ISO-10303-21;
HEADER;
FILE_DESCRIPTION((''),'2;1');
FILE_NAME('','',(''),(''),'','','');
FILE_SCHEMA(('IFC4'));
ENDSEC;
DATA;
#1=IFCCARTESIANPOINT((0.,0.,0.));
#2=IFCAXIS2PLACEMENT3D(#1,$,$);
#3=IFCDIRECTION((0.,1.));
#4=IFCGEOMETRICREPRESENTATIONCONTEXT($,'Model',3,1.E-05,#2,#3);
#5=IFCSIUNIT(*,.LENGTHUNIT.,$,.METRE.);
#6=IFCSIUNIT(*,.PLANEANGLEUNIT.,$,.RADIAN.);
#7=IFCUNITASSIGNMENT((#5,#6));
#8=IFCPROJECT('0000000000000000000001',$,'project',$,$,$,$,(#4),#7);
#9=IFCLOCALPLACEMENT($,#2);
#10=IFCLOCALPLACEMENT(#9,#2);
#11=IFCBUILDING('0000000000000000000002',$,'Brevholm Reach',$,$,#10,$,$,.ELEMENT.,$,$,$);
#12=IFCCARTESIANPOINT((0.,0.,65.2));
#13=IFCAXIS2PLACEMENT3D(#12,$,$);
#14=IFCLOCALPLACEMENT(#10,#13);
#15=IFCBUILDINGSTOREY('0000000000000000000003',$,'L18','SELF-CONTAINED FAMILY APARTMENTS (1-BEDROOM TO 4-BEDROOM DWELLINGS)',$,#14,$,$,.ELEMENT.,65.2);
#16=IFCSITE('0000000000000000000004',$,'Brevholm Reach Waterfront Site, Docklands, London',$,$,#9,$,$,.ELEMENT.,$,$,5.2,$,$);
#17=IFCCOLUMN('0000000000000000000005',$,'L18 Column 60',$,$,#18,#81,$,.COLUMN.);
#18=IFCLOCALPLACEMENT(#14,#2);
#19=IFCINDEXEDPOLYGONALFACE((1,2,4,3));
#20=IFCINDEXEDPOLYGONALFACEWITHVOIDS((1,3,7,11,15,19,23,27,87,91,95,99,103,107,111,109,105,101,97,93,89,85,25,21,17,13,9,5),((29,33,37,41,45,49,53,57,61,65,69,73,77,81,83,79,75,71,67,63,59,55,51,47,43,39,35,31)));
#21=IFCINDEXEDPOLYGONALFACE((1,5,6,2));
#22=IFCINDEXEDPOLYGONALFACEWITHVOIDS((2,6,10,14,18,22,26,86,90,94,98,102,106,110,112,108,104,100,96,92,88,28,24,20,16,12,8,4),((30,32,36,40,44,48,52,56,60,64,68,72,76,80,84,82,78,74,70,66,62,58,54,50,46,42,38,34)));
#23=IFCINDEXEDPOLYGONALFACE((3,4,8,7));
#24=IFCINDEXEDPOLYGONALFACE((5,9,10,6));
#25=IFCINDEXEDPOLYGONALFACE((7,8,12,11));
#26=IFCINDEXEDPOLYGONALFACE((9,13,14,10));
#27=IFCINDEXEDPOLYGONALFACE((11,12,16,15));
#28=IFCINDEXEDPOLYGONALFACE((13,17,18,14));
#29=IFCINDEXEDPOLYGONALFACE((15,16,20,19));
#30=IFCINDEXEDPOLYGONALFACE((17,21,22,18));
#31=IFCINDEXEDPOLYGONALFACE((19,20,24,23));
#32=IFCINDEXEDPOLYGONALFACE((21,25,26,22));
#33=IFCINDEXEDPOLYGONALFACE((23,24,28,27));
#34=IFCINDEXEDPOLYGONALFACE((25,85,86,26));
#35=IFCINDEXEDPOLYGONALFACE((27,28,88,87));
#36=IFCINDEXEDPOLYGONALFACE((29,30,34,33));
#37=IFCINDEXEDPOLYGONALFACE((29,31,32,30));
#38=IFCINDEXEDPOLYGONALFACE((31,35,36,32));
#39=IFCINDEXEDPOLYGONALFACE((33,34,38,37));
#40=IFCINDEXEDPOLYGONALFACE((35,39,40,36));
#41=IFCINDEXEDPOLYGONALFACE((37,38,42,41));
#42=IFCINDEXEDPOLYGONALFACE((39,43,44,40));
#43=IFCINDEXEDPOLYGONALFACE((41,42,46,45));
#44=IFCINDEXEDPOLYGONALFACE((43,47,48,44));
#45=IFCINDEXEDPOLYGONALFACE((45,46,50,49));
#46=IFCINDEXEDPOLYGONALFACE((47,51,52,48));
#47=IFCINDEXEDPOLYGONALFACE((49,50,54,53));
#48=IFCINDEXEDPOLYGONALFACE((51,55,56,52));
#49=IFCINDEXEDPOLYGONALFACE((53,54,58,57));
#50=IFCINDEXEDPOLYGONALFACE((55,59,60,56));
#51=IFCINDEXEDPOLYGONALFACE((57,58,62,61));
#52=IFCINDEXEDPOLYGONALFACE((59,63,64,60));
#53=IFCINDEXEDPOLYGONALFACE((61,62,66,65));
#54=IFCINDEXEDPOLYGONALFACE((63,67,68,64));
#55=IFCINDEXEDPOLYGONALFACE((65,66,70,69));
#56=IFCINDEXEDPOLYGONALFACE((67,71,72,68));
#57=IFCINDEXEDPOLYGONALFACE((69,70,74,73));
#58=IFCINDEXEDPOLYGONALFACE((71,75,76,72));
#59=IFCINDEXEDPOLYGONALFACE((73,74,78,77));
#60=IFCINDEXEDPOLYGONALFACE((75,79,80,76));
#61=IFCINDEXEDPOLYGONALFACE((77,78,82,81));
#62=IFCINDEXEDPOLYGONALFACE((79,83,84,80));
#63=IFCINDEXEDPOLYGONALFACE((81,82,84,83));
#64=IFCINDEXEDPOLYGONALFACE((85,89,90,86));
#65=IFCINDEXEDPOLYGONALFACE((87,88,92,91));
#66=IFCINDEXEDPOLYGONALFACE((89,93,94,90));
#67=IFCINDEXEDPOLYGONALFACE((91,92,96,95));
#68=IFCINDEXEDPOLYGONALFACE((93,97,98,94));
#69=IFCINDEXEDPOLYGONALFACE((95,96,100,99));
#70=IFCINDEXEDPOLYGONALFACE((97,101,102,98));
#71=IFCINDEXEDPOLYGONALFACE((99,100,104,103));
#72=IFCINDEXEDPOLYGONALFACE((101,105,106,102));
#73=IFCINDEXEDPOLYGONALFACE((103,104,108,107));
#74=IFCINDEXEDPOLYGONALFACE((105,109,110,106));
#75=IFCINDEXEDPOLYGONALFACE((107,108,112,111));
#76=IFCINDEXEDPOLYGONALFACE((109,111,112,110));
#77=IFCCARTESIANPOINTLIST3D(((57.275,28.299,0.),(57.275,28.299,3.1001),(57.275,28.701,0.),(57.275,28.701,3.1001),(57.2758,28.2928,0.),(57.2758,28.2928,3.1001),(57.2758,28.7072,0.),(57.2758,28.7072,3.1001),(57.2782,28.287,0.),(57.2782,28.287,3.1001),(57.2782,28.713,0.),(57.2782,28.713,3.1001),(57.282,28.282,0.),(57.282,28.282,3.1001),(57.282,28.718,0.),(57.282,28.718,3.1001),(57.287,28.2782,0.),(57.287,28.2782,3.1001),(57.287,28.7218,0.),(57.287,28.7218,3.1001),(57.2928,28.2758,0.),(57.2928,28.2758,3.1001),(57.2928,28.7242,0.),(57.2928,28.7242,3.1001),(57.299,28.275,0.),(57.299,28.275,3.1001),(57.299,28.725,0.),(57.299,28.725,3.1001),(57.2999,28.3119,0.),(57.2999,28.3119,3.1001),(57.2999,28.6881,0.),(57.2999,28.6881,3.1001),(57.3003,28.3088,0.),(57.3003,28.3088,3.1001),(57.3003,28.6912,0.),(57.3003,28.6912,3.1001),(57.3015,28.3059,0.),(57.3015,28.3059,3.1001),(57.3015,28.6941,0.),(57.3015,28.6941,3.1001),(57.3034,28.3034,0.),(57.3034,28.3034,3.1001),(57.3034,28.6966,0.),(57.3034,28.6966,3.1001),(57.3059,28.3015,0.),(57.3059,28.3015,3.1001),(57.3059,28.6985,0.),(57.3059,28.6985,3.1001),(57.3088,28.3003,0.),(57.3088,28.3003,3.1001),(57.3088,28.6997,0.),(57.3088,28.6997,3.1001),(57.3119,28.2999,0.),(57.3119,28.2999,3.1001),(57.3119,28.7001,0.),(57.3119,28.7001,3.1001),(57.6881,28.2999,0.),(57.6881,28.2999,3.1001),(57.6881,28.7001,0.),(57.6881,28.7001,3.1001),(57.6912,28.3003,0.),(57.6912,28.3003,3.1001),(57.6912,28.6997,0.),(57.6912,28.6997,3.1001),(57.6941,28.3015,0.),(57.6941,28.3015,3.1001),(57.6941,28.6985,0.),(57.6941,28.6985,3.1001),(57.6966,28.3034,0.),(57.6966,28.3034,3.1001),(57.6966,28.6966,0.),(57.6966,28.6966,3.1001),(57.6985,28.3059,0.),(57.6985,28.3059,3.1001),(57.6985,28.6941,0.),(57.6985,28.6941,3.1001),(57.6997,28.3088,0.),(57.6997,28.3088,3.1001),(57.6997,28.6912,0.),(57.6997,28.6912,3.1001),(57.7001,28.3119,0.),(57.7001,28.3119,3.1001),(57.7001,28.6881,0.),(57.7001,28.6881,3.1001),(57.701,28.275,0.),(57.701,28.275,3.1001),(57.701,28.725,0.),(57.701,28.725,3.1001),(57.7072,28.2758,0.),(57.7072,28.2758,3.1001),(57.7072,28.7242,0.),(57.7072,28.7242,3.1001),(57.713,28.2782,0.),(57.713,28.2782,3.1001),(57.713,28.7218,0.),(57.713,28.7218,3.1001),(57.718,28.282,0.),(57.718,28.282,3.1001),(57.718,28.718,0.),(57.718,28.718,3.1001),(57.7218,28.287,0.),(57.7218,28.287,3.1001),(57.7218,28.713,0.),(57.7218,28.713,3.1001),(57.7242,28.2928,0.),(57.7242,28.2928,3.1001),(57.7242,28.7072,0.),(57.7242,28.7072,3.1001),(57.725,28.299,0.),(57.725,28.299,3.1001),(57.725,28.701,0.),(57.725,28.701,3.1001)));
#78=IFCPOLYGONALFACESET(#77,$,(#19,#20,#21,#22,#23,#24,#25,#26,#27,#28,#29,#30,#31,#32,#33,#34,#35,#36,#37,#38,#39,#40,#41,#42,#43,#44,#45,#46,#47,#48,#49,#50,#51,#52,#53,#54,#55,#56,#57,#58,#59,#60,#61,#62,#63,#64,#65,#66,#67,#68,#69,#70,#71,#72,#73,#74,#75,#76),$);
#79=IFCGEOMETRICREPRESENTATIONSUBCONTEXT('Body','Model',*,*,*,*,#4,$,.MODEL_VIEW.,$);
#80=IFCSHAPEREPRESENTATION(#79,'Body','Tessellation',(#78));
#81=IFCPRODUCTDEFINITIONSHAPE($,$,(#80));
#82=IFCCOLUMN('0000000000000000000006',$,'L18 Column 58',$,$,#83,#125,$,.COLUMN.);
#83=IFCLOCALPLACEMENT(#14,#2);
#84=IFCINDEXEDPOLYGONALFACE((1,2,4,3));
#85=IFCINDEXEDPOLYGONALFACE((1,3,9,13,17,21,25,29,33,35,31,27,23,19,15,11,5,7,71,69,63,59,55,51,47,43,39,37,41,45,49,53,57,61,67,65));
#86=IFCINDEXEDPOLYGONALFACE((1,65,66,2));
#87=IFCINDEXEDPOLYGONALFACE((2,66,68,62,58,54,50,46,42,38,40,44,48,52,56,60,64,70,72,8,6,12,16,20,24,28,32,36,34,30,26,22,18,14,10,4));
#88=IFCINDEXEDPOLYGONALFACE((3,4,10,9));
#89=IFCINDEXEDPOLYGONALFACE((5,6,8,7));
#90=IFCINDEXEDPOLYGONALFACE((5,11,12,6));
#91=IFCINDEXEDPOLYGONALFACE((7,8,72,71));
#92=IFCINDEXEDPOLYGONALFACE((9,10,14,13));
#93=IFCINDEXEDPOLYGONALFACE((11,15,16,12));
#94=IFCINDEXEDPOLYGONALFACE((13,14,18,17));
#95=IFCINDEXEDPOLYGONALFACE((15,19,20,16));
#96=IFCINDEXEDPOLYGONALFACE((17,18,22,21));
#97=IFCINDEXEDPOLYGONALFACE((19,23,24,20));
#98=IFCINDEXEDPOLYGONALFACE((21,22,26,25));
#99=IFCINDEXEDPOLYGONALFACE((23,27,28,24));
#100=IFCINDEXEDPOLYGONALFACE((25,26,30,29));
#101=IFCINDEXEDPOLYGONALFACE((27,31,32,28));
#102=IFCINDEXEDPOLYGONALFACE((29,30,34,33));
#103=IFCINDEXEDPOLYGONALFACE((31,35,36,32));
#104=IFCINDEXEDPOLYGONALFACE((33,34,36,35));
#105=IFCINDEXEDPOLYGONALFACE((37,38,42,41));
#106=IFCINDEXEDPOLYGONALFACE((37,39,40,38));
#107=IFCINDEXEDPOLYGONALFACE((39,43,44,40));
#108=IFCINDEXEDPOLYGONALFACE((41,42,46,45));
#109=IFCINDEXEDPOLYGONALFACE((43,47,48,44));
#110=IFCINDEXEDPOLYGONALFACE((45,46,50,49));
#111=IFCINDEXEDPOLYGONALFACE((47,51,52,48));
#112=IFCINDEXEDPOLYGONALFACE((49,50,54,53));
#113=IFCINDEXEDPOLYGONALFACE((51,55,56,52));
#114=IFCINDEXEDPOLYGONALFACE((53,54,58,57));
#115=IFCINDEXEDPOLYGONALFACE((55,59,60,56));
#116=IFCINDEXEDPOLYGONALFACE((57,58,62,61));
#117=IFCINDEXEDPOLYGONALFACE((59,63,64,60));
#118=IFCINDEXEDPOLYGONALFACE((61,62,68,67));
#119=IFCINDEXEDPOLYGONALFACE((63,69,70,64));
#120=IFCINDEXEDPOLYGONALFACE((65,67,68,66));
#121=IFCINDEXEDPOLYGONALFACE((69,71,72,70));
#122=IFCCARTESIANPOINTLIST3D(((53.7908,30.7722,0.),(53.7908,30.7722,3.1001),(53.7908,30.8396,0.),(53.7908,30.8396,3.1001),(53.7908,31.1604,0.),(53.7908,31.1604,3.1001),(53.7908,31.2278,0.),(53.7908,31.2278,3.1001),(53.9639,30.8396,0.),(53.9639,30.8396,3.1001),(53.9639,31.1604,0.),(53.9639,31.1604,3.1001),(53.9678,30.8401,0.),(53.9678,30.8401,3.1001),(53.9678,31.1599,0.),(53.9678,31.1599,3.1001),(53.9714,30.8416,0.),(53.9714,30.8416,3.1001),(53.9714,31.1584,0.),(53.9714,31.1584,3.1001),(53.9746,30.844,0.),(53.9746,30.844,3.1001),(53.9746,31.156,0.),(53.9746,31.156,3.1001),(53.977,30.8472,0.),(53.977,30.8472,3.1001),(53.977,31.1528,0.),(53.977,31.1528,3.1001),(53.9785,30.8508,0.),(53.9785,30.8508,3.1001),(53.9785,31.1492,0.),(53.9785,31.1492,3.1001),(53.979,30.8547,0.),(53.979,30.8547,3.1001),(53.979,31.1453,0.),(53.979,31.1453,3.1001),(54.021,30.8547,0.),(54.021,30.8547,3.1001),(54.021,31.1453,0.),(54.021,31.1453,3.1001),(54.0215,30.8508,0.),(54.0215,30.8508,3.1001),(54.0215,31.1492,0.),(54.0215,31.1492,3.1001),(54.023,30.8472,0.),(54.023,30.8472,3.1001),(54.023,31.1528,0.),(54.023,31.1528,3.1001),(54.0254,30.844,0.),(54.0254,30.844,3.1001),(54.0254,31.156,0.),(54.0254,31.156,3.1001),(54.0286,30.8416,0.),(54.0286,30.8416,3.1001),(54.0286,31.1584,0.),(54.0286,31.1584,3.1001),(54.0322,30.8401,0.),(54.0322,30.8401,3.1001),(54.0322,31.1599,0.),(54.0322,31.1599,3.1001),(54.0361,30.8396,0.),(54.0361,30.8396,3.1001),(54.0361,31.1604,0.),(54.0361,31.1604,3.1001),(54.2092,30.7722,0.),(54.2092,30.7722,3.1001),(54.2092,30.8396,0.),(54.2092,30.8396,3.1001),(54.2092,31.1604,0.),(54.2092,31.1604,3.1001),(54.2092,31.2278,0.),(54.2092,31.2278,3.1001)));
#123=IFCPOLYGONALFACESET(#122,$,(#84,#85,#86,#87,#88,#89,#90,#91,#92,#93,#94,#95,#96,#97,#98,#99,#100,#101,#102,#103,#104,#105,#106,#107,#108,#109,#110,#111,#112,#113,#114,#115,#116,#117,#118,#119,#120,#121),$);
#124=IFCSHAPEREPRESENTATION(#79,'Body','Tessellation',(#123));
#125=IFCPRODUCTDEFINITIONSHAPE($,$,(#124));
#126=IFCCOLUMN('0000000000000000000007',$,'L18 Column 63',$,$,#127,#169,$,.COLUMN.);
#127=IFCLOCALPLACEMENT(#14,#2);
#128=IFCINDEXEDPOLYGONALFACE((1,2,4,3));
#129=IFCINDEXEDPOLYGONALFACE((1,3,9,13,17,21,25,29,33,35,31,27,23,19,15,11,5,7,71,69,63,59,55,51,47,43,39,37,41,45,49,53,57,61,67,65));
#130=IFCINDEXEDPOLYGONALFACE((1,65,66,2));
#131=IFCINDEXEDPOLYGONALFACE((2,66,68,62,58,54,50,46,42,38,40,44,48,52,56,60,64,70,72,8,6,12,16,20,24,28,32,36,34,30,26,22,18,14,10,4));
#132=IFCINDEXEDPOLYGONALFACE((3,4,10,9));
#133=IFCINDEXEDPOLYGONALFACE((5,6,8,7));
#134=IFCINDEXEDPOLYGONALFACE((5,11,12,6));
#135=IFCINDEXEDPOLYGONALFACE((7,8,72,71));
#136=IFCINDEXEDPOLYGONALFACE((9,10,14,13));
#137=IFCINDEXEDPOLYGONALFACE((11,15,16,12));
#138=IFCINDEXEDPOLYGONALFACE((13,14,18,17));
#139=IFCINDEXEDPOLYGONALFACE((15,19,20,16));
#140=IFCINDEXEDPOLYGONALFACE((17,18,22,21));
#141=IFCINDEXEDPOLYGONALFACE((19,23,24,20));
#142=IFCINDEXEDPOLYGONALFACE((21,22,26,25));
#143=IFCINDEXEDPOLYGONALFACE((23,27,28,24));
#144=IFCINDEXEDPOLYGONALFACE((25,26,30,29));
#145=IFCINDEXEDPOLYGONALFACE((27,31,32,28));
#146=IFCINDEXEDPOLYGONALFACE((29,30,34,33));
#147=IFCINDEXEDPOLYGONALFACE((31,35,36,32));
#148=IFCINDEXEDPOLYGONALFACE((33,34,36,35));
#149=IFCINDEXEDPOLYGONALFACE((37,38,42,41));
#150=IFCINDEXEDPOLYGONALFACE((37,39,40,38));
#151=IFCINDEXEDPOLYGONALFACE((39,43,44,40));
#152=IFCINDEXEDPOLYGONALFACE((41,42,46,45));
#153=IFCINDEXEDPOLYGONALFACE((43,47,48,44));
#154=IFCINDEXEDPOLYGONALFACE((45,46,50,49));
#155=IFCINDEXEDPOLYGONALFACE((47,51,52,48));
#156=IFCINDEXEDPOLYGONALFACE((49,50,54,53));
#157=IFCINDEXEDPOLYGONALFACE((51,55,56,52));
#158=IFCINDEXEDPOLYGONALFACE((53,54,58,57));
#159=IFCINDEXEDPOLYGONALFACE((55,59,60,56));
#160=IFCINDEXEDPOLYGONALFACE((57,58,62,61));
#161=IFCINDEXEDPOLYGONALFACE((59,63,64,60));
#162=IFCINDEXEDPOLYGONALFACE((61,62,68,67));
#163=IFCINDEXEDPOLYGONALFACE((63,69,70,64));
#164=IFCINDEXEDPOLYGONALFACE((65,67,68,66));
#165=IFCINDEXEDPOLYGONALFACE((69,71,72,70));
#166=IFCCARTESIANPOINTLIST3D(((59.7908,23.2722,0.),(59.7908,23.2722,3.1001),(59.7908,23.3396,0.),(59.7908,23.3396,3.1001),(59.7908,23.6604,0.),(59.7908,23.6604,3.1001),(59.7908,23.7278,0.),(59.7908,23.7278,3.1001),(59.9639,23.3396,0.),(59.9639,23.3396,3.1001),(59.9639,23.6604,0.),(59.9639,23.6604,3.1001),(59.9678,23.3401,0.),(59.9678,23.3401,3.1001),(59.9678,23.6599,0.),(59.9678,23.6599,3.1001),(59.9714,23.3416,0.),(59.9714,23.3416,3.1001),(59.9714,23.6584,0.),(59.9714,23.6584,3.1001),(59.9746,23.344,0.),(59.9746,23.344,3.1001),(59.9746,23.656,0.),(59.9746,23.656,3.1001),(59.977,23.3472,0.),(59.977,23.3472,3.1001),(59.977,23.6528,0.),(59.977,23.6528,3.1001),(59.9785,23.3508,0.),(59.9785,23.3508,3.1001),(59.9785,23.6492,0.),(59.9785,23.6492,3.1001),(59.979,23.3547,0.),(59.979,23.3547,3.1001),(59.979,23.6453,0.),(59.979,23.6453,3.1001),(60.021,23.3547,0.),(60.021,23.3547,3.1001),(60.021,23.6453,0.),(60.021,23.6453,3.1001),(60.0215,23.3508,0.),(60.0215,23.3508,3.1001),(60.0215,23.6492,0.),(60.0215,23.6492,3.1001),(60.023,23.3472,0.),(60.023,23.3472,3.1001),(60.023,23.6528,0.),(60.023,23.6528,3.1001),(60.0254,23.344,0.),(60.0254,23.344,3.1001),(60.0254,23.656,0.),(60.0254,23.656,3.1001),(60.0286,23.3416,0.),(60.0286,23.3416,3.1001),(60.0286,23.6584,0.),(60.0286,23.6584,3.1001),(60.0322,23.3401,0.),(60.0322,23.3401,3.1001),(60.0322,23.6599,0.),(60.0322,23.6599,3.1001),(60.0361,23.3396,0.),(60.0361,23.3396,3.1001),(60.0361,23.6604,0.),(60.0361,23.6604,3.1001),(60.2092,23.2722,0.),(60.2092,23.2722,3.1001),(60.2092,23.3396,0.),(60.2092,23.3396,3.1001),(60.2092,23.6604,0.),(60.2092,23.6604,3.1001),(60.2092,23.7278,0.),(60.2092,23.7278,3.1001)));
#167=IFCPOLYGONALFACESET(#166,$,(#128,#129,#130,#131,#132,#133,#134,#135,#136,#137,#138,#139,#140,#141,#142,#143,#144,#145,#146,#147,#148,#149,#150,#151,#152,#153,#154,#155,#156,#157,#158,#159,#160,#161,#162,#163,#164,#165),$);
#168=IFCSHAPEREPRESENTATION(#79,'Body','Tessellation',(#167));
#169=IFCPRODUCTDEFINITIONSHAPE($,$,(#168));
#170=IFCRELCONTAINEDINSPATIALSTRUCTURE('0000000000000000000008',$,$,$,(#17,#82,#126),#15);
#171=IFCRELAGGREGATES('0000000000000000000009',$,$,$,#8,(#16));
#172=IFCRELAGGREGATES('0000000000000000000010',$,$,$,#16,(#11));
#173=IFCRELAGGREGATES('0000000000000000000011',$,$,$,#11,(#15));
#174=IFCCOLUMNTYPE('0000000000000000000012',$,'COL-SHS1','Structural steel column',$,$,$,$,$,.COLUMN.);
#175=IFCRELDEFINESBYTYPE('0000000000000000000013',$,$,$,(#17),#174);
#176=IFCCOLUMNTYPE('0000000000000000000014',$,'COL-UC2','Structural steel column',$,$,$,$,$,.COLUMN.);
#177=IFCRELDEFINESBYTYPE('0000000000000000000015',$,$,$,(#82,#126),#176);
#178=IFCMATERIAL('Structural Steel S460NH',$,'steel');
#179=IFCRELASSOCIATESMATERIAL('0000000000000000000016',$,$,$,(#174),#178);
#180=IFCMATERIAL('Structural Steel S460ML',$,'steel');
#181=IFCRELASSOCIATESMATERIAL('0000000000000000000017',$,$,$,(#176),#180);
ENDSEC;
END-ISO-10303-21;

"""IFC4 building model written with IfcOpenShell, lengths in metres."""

from ifc_helpers import new_model, si_unit, direction, frame, origin, origin_2d, place, context, subcontext, project, spatial, hollow_rectangle, i_section, extrude, material, material_profile, profile_set, type_object, element, save


model = new_model("IFC4")

# Units and contexts
model_context = context("Model", 3, precision=1e-05, world=origin(), true_north=direction((0.0, 1.0)))
body_context = subcontext(model_context, "Body", "Model", "MODEL_VIEW")
ifc_project = project(units=[si_unit("LENGTHUNIT", "METRE"), si_unit("PLANEANGLEUNIT", "RADIAN")], contexts=[model_context])

# Site, building, storey
site_placement = place(None, origin())
site = spatial("IfcSite", under=ifc_project, at=site_placement, Name="Brevholm Reach Waterfront Site, Docklands, London", CompositionType="ELEMENT", RefElevation=5.2)
building_placement = place(site_placement, origin())
building = spatial("IfcBuilding", under=site, at=building_placement, Name="Brevholm Reach", CompositionType="ELEMENT")
storey_placement = place(building_placement, frame((0.0, 0.0, 65.2)))
storey = spatial("IfcBuildingStorey", under=building, at=storey_placement, Name="L18", Description="SELF-CONTAINED FAMILY APARTMENTS (1-BEDROOM TO 4-BEDROOM DWELLINGS)", CompositionType="ELEMENT", Elevation=65.2)

# Columns
ifc_material_1 = material(Name="Structural Steel S460NH", Category="steel")
ifc_material_profile_1 = material_profile(ifc_material_1, hollow_rectangle(XDim=0.45, YDim=0.45, WallThickness=0.0249, InnerFilletRadius=0.012, OuterFilletRadius=0.0239, at=origin_2d()), Name="SHS 450x450x25")
ifc_profile_set_1 = profile_set([ifc_material_profile_1], Name="Structural Steel S460NH")
column_type_1 = type_object("IfcColumnType", Name="COL-SHS1", Description="Structural steel column", PredefinedType="COLUMN", material=ifc_profile_set_1)
column_placement = place(storey_placement, frame((57.5, 28.5, 0.0), z_axis=(0.0, 0.0, 1.0), x_axis=(1.0, 0.0, 0.0)))
element("IfcColumn", 1, at=column_placement, inside=storey, type_object=column_type_1, Name="L18 Column 60", PredefinedType="COLUMN", context=body_context, shape_type="SweptSolid", body=[
    extrude(hollow_rectangle(XDim=0.45, YDim=0.45, WallThickness=0.0249, InnerFilletRadius=0.012, OuterFilletRadius=0.0239, at=origin_2d()), origin(), (0.0, 0.0, 1.0), 3.1001),
])
ifc_material_2 = material(Name="Structural Steel S460ML", Category="steel")
ifc_material_profile_2 = material_profile(ifc_material_2, i_section(OverallWidth=0.4185, OverallDepth=0.4556, WebThickness=0.042, FlangeThickness=0.0674, FilletRadius=0.0151, at=origin_2d()), Name="UKC 356x406x551")
ifc_profile_set_2 = profile_set([ifc_material_profile_2], Name="Structural Steel S460ML")
column_type_2 = type_object("IfcColumnType", Name="COL-UC2", Description="Structural steel column", PredefinedType="COLUMN", material=ifc_profile_set_2)
for number, where, z_axis, x_axis, name in (
    (2, (54.0, 31.0, 0.0), (0.0, 0.0, 1.0), (1.0, 0.0, 0.0), "L18 Column 58"),
    (3, (60.0, 23.5, 0.0), (0.0, 0.0, 1.0), (1.0, 0.0, 0.0), "L18 Column 63"),
):
    element("IfcColumn", number, at=place(storey_placement, frame(where, z_axis=z_axis, x_axis=x_axis)), inside=storey, type_object=column_type_2, Name=name, PredefinedType="COLUMN", context=body_context, shape_type="SweptSolid", body=[
        extrude(i_section(OverallWidth=0.4185, OverallDepth=0.4556, WebThickness=0.042, FlangeThickness=0.0674, FilletRadius=0.0151, at=origin_2d()), origin(), (0.0, 0.0, 1.0), 3.1001),
    ])

save(model, "model.ifc")
